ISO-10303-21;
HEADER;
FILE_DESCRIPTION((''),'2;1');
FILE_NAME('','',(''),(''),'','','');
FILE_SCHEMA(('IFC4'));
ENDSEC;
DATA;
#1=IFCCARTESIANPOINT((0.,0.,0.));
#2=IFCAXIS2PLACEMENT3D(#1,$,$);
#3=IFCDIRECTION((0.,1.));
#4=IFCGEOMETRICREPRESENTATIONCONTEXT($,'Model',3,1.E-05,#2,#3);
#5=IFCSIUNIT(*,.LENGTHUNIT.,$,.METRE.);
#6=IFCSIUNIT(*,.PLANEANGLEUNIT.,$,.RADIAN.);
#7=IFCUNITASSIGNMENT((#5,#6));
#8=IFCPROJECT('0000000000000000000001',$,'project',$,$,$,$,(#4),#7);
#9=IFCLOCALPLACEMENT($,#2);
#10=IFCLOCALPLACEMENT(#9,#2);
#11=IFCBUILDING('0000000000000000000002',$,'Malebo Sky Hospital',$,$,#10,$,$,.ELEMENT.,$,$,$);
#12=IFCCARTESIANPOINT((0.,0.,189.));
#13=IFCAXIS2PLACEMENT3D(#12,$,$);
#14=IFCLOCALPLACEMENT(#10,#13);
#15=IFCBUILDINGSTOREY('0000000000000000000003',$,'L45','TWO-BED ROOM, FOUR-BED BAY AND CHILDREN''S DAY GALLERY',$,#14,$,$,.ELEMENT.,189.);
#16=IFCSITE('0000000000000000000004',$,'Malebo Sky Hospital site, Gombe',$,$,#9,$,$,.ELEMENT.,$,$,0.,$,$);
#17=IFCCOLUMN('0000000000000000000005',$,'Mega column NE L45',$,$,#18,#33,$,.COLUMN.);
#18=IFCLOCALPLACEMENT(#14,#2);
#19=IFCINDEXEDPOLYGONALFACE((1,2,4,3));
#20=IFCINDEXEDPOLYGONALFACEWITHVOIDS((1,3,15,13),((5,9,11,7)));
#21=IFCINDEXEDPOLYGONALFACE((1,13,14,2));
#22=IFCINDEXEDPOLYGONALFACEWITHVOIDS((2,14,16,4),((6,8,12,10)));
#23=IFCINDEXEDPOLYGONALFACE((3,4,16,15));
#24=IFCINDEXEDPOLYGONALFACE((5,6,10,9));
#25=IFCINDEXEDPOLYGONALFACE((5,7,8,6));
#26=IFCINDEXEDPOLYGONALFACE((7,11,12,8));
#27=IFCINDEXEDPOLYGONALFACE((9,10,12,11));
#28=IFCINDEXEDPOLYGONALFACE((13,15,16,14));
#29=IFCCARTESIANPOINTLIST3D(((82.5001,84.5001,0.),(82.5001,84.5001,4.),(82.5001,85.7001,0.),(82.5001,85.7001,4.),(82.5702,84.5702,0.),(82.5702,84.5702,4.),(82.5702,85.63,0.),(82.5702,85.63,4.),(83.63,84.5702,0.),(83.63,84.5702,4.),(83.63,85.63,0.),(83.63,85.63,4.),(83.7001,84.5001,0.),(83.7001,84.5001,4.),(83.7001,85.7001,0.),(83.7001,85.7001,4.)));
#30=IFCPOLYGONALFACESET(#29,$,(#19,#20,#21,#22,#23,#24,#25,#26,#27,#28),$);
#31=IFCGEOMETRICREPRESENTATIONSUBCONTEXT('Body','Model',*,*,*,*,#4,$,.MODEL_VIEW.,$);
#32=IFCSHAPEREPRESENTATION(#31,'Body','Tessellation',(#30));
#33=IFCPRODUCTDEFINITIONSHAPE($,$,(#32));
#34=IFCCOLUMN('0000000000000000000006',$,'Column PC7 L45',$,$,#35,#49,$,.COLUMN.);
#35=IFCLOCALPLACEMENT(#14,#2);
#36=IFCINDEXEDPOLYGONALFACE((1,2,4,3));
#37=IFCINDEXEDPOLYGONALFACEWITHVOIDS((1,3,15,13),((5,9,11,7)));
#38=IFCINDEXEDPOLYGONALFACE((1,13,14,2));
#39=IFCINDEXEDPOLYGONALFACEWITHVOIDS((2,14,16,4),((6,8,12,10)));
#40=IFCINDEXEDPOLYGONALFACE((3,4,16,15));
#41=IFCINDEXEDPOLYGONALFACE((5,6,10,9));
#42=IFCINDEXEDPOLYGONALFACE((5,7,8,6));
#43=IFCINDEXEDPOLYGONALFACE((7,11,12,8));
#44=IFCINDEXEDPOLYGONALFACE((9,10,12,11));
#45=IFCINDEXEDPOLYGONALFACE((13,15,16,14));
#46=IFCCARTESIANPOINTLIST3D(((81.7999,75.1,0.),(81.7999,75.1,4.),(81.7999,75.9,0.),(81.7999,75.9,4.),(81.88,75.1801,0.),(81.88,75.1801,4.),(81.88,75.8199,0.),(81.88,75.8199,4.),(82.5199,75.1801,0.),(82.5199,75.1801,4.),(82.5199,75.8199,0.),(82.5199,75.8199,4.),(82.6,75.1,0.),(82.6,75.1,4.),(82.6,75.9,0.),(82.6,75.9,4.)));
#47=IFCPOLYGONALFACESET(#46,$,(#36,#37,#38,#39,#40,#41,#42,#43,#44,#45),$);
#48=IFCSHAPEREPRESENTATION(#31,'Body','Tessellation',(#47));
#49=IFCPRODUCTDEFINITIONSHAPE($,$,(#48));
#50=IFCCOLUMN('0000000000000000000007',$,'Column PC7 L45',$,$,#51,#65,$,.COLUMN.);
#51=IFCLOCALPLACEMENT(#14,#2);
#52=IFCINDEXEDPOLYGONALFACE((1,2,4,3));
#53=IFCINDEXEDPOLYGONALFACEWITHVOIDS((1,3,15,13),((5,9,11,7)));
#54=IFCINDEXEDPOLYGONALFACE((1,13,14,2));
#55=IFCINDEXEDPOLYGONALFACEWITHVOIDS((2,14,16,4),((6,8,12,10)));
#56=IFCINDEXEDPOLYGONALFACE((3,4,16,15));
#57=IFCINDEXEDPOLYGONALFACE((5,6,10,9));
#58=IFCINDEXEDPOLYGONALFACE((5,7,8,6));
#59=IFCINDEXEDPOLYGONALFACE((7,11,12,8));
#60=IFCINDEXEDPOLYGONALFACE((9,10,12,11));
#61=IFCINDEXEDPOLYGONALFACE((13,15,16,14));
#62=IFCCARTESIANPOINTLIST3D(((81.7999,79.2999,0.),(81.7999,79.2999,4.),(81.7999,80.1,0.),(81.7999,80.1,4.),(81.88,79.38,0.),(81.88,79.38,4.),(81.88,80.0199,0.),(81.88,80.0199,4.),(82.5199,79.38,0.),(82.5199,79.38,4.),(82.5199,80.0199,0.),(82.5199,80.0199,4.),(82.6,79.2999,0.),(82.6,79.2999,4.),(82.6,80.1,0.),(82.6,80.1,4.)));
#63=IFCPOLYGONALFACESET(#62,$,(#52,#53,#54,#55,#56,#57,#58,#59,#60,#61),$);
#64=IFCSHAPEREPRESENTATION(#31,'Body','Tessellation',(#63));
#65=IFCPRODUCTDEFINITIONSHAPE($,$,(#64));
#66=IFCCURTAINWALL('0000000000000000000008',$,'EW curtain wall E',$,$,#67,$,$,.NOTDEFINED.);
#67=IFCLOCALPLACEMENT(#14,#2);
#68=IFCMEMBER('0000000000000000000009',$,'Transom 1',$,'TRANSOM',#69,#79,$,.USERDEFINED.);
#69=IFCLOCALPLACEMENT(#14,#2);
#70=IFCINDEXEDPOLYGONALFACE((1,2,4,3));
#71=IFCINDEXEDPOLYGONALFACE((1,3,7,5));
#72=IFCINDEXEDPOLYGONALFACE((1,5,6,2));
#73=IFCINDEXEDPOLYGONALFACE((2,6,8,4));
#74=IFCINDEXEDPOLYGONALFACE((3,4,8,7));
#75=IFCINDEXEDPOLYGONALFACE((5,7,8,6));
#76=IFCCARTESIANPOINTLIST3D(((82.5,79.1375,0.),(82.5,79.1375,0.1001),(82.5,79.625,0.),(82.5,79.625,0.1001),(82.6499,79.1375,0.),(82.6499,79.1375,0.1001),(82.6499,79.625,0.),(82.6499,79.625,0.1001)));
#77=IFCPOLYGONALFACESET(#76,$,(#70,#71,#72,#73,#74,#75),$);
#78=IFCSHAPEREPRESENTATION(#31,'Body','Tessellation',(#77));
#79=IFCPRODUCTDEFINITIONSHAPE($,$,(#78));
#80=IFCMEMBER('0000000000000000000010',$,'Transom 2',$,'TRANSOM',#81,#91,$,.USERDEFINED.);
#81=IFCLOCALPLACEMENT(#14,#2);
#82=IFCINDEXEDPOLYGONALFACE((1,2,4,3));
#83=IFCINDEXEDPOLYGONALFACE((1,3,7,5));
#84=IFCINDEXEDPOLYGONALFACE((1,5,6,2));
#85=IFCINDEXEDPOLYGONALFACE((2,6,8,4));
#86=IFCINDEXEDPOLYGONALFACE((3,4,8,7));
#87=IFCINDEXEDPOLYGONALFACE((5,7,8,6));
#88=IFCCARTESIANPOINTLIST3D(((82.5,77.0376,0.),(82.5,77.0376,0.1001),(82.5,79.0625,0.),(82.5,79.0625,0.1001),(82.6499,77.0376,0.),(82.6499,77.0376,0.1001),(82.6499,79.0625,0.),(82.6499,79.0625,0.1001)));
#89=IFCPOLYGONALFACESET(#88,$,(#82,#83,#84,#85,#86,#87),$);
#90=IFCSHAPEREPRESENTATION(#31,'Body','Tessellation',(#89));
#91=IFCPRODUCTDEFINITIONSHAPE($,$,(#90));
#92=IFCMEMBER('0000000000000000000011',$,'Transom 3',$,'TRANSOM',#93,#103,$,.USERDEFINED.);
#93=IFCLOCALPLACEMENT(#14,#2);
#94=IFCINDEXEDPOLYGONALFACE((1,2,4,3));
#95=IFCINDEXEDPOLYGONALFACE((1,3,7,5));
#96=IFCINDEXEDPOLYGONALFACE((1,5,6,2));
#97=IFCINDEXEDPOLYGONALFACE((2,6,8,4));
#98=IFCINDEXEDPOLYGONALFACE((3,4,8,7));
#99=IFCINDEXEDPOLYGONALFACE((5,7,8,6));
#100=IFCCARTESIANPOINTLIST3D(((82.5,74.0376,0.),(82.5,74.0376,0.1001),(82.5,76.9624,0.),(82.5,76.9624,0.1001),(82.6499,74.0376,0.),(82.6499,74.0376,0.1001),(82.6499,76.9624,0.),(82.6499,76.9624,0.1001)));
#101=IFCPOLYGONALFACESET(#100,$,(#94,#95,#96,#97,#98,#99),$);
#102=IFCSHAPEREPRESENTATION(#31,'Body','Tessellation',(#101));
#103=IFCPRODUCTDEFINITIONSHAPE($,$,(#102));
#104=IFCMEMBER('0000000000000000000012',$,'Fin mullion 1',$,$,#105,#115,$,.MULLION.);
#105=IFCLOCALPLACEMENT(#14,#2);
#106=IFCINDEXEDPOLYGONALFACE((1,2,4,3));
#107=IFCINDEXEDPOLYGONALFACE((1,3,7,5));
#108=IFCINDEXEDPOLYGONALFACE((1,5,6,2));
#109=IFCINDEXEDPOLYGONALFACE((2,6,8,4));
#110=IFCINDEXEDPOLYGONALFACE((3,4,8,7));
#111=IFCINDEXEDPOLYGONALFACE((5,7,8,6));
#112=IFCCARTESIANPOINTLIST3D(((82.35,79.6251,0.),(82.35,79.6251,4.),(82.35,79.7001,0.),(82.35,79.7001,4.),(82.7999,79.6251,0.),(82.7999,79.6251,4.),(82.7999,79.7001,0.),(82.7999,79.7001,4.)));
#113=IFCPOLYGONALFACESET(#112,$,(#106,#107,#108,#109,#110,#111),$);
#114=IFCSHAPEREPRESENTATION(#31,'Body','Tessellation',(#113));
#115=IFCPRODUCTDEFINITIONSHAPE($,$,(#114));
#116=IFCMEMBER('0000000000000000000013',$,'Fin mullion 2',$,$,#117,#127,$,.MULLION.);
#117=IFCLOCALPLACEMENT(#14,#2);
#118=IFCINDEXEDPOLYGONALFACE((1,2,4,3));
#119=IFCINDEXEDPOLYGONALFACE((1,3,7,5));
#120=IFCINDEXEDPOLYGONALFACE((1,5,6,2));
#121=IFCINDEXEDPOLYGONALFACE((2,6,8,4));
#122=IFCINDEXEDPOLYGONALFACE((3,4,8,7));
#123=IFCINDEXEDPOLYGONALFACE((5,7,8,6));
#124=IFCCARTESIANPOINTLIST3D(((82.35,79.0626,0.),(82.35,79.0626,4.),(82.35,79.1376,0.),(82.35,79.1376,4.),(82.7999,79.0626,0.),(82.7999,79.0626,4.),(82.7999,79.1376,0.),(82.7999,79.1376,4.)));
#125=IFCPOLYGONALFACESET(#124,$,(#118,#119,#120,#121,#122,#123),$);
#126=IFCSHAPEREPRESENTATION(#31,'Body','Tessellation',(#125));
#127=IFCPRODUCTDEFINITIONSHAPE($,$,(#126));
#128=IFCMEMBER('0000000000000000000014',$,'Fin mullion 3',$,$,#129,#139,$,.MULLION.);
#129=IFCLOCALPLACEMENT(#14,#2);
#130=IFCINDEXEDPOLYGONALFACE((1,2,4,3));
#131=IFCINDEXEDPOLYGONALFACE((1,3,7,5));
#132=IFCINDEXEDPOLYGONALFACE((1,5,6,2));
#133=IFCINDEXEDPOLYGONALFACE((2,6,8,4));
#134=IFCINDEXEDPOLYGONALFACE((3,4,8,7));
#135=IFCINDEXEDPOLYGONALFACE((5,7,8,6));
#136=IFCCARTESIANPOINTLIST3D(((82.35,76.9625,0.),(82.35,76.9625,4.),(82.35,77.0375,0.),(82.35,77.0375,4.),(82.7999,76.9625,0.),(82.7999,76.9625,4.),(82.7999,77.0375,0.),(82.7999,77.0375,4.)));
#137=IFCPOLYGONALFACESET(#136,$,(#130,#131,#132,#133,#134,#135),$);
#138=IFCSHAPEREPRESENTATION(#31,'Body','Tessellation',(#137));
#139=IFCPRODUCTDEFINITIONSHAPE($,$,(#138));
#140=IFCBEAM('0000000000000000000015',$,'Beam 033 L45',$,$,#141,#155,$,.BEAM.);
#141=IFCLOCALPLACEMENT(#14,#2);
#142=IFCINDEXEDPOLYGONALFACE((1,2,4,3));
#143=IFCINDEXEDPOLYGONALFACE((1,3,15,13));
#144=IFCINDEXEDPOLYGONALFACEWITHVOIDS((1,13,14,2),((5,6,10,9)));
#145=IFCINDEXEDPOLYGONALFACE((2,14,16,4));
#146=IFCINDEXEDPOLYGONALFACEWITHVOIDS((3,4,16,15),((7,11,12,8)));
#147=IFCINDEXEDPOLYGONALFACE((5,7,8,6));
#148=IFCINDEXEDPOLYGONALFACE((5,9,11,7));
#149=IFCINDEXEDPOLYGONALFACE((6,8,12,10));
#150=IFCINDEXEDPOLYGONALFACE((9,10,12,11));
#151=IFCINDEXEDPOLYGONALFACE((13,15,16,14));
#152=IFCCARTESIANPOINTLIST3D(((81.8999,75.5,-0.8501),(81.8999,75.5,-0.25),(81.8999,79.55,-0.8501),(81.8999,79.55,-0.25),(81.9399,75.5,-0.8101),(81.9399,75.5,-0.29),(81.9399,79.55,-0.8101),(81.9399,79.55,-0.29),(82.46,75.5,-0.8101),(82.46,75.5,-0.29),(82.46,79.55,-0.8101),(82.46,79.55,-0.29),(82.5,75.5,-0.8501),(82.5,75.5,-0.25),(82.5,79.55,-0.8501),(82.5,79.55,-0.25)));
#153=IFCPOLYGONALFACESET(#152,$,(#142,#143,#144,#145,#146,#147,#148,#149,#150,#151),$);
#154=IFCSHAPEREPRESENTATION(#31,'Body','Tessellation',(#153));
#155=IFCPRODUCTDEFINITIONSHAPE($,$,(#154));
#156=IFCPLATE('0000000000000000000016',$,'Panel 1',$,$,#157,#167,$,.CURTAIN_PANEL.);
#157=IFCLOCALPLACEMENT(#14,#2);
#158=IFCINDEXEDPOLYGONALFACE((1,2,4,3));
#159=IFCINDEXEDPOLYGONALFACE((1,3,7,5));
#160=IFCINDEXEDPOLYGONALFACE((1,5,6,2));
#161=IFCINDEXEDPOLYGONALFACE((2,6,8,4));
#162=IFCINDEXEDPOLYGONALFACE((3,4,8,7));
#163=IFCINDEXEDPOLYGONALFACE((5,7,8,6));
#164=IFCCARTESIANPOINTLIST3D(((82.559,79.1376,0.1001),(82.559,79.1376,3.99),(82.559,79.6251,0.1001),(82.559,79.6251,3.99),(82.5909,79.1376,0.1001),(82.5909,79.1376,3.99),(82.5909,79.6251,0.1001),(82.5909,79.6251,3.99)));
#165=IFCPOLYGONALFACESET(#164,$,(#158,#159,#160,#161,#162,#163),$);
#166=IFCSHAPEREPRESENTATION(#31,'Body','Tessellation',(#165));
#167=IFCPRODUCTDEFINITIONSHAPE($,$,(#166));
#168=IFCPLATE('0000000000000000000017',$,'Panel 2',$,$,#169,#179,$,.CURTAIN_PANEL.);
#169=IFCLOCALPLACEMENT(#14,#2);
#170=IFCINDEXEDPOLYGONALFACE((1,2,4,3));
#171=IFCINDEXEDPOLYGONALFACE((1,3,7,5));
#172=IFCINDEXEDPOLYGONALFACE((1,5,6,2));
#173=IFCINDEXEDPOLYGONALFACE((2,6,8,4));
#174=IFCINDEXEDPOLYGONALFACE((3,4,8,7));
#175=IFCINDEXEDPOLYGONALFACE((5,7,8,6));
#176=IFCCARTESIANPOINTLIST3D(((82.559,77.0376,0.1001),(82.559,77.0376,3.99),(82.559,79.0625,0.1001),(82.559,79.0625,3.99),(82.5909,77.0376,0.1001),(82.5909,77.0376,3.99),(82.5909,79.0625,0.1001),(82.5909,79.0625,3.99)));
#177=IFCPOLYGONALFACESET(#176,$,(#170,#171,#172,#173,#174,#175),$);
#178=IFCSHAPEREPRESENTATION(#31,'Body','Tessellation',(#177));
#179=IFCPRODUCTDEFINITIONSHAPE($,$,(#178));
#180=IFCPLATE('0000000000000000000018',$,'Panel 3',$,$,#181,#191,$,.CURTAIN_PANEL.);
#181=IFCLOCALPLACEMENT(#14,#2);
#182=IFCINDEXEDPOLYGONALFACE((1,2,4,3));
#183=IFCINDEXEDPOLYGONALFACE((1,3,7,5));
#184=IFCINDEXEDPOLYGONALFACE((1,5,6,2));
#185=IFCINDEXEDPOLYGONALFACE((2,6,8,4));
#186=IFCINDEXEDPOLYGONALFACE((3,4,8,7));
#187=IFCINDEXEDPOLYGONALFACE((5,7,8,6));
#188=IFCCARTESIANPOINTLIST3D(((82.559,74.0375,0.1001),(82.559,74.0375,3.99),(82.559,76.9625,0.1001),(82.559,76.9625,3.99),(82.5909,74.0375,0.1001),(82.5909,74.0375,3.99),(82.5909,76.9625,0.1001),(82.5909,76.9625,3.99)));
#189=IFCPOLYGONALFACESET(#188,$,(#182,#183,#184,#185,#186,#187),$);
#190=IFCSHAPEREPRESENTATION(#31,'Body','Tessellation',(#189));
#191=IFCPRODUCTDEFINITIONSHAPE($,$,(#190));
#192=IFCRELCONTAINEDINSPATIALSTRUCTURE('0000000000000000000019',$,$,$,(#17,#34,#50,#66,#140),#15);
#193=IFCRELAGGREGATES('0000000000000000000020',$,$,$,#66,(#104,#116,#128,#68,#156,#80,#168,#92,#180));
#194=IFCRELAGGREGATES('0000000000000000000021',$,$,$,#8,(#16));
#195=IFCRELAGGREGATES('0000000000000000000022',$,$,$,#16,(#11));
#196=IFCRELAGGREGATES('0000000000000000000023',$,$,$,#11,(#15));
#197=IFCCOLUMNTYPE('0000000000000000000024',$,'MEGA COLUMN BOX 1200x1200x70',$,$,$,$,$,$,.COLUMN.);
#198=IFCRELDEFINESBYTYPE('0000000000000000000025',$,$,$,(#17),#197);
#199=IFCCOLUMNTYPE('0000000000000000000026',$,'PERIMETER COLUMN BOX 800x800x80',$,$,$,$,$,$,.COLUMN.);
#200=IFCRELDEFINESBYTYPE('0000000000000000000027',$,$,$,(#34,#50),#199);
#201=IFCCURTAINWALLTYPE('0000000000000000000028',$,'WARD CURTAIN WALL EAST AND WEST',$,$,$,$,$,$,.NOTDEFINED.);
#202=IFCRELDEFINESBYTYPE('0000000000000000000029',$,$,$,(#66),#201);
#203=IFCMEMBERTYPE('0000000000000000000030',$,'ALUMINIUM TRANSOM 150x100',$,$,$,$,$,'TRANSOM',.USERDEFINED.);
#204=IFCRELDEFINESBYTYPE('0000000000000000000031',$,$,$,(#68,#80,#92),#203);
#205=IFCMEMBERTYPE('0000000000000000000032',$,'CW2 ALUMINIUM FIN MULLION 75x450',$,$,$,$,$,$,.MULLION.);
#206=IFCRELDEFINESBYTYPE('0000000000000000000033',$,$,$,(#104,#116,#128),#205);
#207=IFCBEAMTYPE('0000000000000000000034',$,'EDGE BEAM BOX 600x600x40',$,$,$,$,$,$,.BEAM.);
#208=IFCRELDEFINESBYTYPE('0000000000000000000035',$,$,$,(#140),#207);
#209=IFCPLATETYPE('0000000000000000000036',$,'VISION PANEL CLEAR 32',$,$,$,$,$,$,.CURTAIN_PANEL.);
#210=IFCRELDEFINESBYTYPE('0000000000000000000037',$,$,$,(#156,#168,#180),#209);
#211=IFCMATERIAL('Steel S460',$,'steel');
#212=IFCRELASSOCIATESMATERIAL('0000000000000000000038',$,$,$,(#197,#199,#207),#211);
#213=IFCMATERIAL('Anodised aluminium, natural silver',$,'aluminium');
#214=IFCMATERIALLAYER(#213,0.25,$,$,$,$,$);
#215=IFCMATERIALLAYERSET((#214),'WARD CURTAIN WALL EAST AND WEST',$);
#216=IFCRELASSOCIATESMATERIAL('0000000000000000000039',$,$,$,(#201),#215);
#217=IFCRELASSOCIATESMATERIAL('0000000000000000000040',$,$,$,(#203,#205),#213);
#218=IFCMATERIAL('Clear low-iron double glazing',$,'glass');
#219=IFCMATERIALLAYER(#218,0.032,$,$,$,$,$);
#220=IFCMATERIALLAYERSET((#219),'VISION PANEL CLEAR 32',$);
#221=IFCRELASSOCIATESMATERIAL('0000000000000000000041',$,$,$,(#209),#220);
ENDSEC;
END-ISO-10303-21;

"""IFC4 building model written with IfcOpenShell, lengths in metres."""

from ifc_helpers import new_model, si_unit, direction, frame, origin, origin_2d, place, context, subcontext, project, spatial, rectangle, hollow_rectangle, extrude, material, layer, layer_set, material_profile, profile_set, type_object, element, aggregate, save


model = new_model("IFC4")

# Units and contexts
model_context = context("Model", 3, precision=1e-05, world=origin(), true_north=direction((0.0, 1.0)))
body_context = subcontext(model_context, "Body", "Model", "MODEL_VIEW")
ifc_project = project(units=[si_unit("LENGTHUNIT", "METRE"), si_unit("PLANEANGLEUNIT", "RADIAN")], contexts=[model_context])

# Site, building, storey
site_placement = place(None, origin())
site = spatial("IfcSite", under=ifc_project, at=site_placement, Name="Malebo Sky Hospital site, Gombe", CompositionType="ELEMENT", RefElevation=0.0)
building_placement = place(site_placement, origin())
building = spatial("IfcBuilding", under=site, at=building_placement, Name="Malebo Sky Hospital", CompositionType="ELEMENT")
storey_placement = place(building_placement, frame((0.0, 0.0, 189.0)))
storey = spatial("IfcBuildingStorey", under=building, at=storey_placement, Name="L45", Description="TWO-BED ROOM, FOUR-BED BAY AND CHILDREN'S DAY GALLERY", CompositionType="ELEMENT", Elevation=189.0)

# Columns
ifc_material_1 = material(Name="Steel S460", Category="steel")
ifc_material_profile_1 = material_profile(ifc_material_1, hollow_rectangle(XDim=1.2, YDim=1.2, WallThickness=0.0701, at=origin_2d()), Name="BOX 1200x1200x70")
ifc_profile_set_1 = profile_set([ifc_material_profile_1], Name="Steel S460")
column_type_1 = type_object("IfcColumnType", Name="MEGA COLUMN BOX 1200x1200x70", PredefinedType="COLUMN", material=ifc_profile_set_1)
column_placement = place(storey_placement, frame((83.1001, 85.1001, 0.0), z_axis=(0.0, 0.0, 1.0), x_axis=(1.0, 0.0, 0.0)))
element("IfcColumn", 1, at=column_placement, inside=storey, type_object=column_type_1, Name="Mega column NE L45", PredefinedType="COLUMN", context=body_context, shape_type="SweptSolid", body=[
    extrude(hollow_rectangle(XDim=1.2, YDim=1.2, WallThickness=0.0701, at=origin_2d()), origin(), (0.0, 0.0, 1.0), 4.0),
])
ifc_material_profile_2 = material_profile(ifc_material_1, hollow_rectangle(XDim=0.8, YDim=0.8, WallThickness=0.0801, at=origin_2d()), Name="BOX 800x800x80")
ifc_profile_set_2 = profile_set([ifc_material_profile_2], Name="Steel S460")
column_type_2 = type_object("IfcColumnType", Name="PERIMETER COLUMN BOX 800x800x80", PredefinedType="COLUMN", material=ifc_profile_set_2)
for number, where, z_axis, x_axis, name in (
    (2, (82.2, 75.5, 0.0), (0.0, 0.0, 1.0), (1.0, 0.0, 0.0), "Column PC7 L45"),
    (3, (82.2, 79.7, 0.0), (0.0, 0.0, 1.0), (1.0, 0.0, 0.0), "Column PC7 L45"),
):
    element("IfcColumn", number, at=place(storey_placement, frame(where, z_axis=z_axis, x_axis=x_axis)), inside=storey, type_object=column_type_2, Name=name, PredefinedType="COLUMN", context=body_context, shape_type="SweptSolid", body=[
        extrude(hollow_rectangle(XDim=0.8, YDim=0.8, WallThickness=0.0801, at=origin_2d()), origin(), (0.0, 0.0, 1.0), 4.0),
    ])

# Curtain wall, members
ifc_material_2 = material(Name="Anodised aluminium, natural silver", Category="aluminium")
ifc_layer_1 = layer(ifc_material_2, 0.25)
ifc_layer_set_1 = layer_set([ifc_layer_1], Name="WARD CURTAIN WALL EAST AND WEST")
curtain_wall_type = type_object("IfcCurtainWallType", Name="WARD CURTAIN WALL EAST AND WEST", PredefinedType="NOTDEFINED", material=ifc_layer_set_1)
curtain_wall_placement = place(storey_placement, origin())
curtain_wall = element("IfcCurtainWall", 4, at=curtain_wall_placement, inside=storey, type_object=curtain_wall_type, Name="EW curtain wall E", PredefinedType="NOTDEFINED")
ifc_material_profile_3 = material_profile(ifc_material_2, rectangle(XDim=0.1499, YDim=0.1001, at=origin_2d()), Name="ALUMINIUM TRANSOM 150x100")
ifc_profile_set_3 = profile_set([ifc_material_profile_3], Name="Anodised aluminium, natural silver")
member_type_1 = type_object("IfcMemberType", Name="ALUMINIUM TRANSOM 150x100", ElementType="TRANSOM", PredefinedType="USERDEFINED", material=ifc_profile_set_3)
member_1_placement = place(storey_placement, frame((82.575, 79.625, 0.05), z_axis=(0.0, -1.0, 0.0), x_axis=(1.0, 0.0, 0.0)))
member_1 = element("IfcMember", 5, at=member_1_placement, type_object=member_type_1, Name="Transom 1", ObjectType="TRANSOM", PredefinedType="USERDEFINED", context=body_context, shape_type="SweptSolid", body=[
    extrude(rectangle(XDim=0.1499, YDim=0.1001, at=origin_2d()), origin(), (0.0, 0.0, 1.0), 0.4875),
])
member_2_placement = place(storey_placement, frame((82.575, 79.0625, 0.05), z_axis=(0.0, -1.0, 0.0), x_axis=(1.0, 0.0, 0.0)))
member_2 = element("IfcMember", 6, at=member_2_placement, type_object=member_type_1, Name="Transom 2", ObjectType="TRANSOM", PredefinedType="USERDEFINED", context=body_context, shape_type="SweptSolid", body=[
    extrude(rectangle(XDim=0.1499, YDim=0.1001, at=origin_2d()), origin(), (0.0, 0.0, 1.0), 2.0249),
])
member_3_placement = place(storey_placement, frame((82.575, 76.9624, 0.05), z_axis=(0.0, -1.0, 0.0), x_axis=(1.0, 0.0, 0.0)))
member_3 = element("IfcMember", 7, at=member_3_placement, type_object=member_type_1, Name="Transom 3", ObjectType="TRANSOM", PredefinedType="USERDEFINED", context=body_context, shape_type="SweptSolid", body=[
    extrude(rectangle(XDim=0.1499, YDim=0.1001, at=origin_2d()), origin(), (0.0, 0.0, 1.0), 2.9248),
])
ifc_material_profile_4 = material_profile(ifc_material_2, rectangle(XDim=0.075, YDim=0.45, at=origin_2d()), Name="CW2 ALUMINIUM FIN MULLION 75x450")
ifc_profile_set_4 = profile_set([ifc_material_profile_4], Name="Anodised aluminium, natural silver")
member_type_2 = type_object("IfcMemberType", Name="CW2 ALUMINIUM FIN MULLION 75x450", PredefinedType="MULLION", material=ifc_profile_set_4)
member_4_placement = place(storey_placement, frame((82.575, 79.6626, 0.0), z_axis=(0.0, 0.0, 1.0), x_axis=(0.0, -1.0, 0.0)))
member_4 = element("IfcMember", 8, at=member_4_placement, type_object=member_type_2, Name="Fin mullion 1", PredefinedType="MULLION", context=body_context, shape_type="SweptSolid", body=[
    extrude(rectangle(XDim=0.075, YDim=0.45, at=origin_2d()), origin(), (0.0, 0.0, 1.0), 4.0),
])
member_5_placement = place(storey_placement, frame((82.575, 79.1001, 0.0), z_axis=(0.0, 0.0, 1.0), x_axis=(0.0, -1.0, 0.0)))
member_5 = element("IfcMember", 9, at=member_5_placement, type_object=member_type_2, Name="Fin mullion 2", PredefinedType="MULLION", context=body_context, shape_type="SweptSolid", body=[
    extrude(rectangle(XDim=0.075, YDim=0.45, at=origin_2d()), origin(), (0.0, 0.0, 1.0), 4.0),
])
member_6_placement = place(storey_placement, frame((82.575, 77.0, 0.0), z_axis=(0.0, 0.0, 1.0), x_axis=(0.0, -1.0, 0.0)))
member_6 = element("IfcMember", 10, at=member_6_placement, type_object=member_type_2, Name="Fin mullion 3", PredefinedType="MULLION", context=body_context, shape_type="SweptSolid", body=[
    extrude(rectangle(XDim=0.075, YDim=0.45, at=origin_2d()), origin(), (0.0, 0.0, 1.0), 4.0),
])

# Beam
ifc_material_profile_5 = material_profile(ifc_material_1, hollow_rectangle(XDim=0.6001, YDim=0.6001, WallThickness=0.04, at=origin_2d()), Name="BOX 600x600x40")
ifc_profile_set_5 = profile_set([ifc_material_profile_5], Name="Steel S460")
beam_type = type_object("IfcBeamType", Name="EDGE BEAM BOX 600x600x40", PredefinedType="BEAM", material=ifc_profile_set_5)
beam_placement = place(storey_placement, frame((82.2, 75.5, -0.55), z_axis=(0.0, 1.0, 0.0), x_axis=(-1.0, 0.0, 0.0)))
element("IfcBeam", 11, at=beam_placement, inside=storey, type_object=beam_type, Name="Beam 033 L45", PredefinedType="BEAM", context=body_context, shape_type="SweptSolid", body=[
    extrude(hollow_rectangle(XDim=0.6001, YDim=0.6001, WallThickness=0.04, at=origin_2d()), origin(), (0.0, 0.0, 1.0), 4.05),
])

# Plates
ifc_material_3 = material(Name="Clear low-iron double glazing", Category="glass")
ifc_layer_2 = layer(ifc_material_3, 0.032)
ifc_layer_set_2 = layer_set([ifc_layer_2], Name="VISION PANEL CLEAR 32")
plate_type = type_object("IfcPlateType", Name="VISION PANEL CLEAR 32", PredefinedType="CURTAIN_PANEL", material=ifc_layer_set_2)
plate_1_placement = place(storey_placement, frame((82.575, 79.3813, 0.1001), z_axis=(0.0, 0.0, 1.0), x_axis=(0.0, -1.0, 0.0)))
plate_1 = element("IfcPlate", 12, at=plate_1_placement, type_object=plate_type, Name="Panel 1", PredefinedType="CURTAIN_PANEL", context=body_context, shape_type="SweptSolid", body=[
    extrude(rectangle(XDim=0.4875, YDim=0.032, at=origin_2d()), origin(), (0.0, 0.0, 1.0), 3.8899),
])
plate_2_placement = place(storey_placement, frame((82.575, 78.05, 0.1001), z_axis=(0.0, 0.0, 1.0), x_axis=(0.0, -1.0, 0.0)))
plate_2 = element("IfcPlate", 13, at=plate_2_placement, type_object=plate_type, Name="Panel 2", PredefinedType="CURTAIN_PANEL", context=body_context, shape_type="SweptSolid", body=[
    extrude(rectangle(XDim=2.0249, YDim=0.032, at=origin_2d()), origin(), (0.0, 0.0, 1.0), 3.8899),
])
plate_3_placement = place(storey_placement, frame((82.575, 75.5, 0.1001), z_axis=(0.0, 0.0, 1.0), x_axis=(0.0, -1.0, 0.0)))
plate_3 = element("IfcPlate", 14, at=plate_3_placement, type_object=plate_type, Name="Panel 3", PredefinedType="CURTAIN_PANEL", context=body_context, shape_type="SweptSolid", body=[
    extrude(rectangle(XDim=2.925, YDim=0.032, at=origin_2d()), origin(), (0.0, 0.0, 1.0), 3.8899),
])
aggregate(curtain_wall, [member_4, member_5, member_6, member_1, plate_1, member_2, plate_2, member_3, plate_3])

save(model, "model.ifc")
